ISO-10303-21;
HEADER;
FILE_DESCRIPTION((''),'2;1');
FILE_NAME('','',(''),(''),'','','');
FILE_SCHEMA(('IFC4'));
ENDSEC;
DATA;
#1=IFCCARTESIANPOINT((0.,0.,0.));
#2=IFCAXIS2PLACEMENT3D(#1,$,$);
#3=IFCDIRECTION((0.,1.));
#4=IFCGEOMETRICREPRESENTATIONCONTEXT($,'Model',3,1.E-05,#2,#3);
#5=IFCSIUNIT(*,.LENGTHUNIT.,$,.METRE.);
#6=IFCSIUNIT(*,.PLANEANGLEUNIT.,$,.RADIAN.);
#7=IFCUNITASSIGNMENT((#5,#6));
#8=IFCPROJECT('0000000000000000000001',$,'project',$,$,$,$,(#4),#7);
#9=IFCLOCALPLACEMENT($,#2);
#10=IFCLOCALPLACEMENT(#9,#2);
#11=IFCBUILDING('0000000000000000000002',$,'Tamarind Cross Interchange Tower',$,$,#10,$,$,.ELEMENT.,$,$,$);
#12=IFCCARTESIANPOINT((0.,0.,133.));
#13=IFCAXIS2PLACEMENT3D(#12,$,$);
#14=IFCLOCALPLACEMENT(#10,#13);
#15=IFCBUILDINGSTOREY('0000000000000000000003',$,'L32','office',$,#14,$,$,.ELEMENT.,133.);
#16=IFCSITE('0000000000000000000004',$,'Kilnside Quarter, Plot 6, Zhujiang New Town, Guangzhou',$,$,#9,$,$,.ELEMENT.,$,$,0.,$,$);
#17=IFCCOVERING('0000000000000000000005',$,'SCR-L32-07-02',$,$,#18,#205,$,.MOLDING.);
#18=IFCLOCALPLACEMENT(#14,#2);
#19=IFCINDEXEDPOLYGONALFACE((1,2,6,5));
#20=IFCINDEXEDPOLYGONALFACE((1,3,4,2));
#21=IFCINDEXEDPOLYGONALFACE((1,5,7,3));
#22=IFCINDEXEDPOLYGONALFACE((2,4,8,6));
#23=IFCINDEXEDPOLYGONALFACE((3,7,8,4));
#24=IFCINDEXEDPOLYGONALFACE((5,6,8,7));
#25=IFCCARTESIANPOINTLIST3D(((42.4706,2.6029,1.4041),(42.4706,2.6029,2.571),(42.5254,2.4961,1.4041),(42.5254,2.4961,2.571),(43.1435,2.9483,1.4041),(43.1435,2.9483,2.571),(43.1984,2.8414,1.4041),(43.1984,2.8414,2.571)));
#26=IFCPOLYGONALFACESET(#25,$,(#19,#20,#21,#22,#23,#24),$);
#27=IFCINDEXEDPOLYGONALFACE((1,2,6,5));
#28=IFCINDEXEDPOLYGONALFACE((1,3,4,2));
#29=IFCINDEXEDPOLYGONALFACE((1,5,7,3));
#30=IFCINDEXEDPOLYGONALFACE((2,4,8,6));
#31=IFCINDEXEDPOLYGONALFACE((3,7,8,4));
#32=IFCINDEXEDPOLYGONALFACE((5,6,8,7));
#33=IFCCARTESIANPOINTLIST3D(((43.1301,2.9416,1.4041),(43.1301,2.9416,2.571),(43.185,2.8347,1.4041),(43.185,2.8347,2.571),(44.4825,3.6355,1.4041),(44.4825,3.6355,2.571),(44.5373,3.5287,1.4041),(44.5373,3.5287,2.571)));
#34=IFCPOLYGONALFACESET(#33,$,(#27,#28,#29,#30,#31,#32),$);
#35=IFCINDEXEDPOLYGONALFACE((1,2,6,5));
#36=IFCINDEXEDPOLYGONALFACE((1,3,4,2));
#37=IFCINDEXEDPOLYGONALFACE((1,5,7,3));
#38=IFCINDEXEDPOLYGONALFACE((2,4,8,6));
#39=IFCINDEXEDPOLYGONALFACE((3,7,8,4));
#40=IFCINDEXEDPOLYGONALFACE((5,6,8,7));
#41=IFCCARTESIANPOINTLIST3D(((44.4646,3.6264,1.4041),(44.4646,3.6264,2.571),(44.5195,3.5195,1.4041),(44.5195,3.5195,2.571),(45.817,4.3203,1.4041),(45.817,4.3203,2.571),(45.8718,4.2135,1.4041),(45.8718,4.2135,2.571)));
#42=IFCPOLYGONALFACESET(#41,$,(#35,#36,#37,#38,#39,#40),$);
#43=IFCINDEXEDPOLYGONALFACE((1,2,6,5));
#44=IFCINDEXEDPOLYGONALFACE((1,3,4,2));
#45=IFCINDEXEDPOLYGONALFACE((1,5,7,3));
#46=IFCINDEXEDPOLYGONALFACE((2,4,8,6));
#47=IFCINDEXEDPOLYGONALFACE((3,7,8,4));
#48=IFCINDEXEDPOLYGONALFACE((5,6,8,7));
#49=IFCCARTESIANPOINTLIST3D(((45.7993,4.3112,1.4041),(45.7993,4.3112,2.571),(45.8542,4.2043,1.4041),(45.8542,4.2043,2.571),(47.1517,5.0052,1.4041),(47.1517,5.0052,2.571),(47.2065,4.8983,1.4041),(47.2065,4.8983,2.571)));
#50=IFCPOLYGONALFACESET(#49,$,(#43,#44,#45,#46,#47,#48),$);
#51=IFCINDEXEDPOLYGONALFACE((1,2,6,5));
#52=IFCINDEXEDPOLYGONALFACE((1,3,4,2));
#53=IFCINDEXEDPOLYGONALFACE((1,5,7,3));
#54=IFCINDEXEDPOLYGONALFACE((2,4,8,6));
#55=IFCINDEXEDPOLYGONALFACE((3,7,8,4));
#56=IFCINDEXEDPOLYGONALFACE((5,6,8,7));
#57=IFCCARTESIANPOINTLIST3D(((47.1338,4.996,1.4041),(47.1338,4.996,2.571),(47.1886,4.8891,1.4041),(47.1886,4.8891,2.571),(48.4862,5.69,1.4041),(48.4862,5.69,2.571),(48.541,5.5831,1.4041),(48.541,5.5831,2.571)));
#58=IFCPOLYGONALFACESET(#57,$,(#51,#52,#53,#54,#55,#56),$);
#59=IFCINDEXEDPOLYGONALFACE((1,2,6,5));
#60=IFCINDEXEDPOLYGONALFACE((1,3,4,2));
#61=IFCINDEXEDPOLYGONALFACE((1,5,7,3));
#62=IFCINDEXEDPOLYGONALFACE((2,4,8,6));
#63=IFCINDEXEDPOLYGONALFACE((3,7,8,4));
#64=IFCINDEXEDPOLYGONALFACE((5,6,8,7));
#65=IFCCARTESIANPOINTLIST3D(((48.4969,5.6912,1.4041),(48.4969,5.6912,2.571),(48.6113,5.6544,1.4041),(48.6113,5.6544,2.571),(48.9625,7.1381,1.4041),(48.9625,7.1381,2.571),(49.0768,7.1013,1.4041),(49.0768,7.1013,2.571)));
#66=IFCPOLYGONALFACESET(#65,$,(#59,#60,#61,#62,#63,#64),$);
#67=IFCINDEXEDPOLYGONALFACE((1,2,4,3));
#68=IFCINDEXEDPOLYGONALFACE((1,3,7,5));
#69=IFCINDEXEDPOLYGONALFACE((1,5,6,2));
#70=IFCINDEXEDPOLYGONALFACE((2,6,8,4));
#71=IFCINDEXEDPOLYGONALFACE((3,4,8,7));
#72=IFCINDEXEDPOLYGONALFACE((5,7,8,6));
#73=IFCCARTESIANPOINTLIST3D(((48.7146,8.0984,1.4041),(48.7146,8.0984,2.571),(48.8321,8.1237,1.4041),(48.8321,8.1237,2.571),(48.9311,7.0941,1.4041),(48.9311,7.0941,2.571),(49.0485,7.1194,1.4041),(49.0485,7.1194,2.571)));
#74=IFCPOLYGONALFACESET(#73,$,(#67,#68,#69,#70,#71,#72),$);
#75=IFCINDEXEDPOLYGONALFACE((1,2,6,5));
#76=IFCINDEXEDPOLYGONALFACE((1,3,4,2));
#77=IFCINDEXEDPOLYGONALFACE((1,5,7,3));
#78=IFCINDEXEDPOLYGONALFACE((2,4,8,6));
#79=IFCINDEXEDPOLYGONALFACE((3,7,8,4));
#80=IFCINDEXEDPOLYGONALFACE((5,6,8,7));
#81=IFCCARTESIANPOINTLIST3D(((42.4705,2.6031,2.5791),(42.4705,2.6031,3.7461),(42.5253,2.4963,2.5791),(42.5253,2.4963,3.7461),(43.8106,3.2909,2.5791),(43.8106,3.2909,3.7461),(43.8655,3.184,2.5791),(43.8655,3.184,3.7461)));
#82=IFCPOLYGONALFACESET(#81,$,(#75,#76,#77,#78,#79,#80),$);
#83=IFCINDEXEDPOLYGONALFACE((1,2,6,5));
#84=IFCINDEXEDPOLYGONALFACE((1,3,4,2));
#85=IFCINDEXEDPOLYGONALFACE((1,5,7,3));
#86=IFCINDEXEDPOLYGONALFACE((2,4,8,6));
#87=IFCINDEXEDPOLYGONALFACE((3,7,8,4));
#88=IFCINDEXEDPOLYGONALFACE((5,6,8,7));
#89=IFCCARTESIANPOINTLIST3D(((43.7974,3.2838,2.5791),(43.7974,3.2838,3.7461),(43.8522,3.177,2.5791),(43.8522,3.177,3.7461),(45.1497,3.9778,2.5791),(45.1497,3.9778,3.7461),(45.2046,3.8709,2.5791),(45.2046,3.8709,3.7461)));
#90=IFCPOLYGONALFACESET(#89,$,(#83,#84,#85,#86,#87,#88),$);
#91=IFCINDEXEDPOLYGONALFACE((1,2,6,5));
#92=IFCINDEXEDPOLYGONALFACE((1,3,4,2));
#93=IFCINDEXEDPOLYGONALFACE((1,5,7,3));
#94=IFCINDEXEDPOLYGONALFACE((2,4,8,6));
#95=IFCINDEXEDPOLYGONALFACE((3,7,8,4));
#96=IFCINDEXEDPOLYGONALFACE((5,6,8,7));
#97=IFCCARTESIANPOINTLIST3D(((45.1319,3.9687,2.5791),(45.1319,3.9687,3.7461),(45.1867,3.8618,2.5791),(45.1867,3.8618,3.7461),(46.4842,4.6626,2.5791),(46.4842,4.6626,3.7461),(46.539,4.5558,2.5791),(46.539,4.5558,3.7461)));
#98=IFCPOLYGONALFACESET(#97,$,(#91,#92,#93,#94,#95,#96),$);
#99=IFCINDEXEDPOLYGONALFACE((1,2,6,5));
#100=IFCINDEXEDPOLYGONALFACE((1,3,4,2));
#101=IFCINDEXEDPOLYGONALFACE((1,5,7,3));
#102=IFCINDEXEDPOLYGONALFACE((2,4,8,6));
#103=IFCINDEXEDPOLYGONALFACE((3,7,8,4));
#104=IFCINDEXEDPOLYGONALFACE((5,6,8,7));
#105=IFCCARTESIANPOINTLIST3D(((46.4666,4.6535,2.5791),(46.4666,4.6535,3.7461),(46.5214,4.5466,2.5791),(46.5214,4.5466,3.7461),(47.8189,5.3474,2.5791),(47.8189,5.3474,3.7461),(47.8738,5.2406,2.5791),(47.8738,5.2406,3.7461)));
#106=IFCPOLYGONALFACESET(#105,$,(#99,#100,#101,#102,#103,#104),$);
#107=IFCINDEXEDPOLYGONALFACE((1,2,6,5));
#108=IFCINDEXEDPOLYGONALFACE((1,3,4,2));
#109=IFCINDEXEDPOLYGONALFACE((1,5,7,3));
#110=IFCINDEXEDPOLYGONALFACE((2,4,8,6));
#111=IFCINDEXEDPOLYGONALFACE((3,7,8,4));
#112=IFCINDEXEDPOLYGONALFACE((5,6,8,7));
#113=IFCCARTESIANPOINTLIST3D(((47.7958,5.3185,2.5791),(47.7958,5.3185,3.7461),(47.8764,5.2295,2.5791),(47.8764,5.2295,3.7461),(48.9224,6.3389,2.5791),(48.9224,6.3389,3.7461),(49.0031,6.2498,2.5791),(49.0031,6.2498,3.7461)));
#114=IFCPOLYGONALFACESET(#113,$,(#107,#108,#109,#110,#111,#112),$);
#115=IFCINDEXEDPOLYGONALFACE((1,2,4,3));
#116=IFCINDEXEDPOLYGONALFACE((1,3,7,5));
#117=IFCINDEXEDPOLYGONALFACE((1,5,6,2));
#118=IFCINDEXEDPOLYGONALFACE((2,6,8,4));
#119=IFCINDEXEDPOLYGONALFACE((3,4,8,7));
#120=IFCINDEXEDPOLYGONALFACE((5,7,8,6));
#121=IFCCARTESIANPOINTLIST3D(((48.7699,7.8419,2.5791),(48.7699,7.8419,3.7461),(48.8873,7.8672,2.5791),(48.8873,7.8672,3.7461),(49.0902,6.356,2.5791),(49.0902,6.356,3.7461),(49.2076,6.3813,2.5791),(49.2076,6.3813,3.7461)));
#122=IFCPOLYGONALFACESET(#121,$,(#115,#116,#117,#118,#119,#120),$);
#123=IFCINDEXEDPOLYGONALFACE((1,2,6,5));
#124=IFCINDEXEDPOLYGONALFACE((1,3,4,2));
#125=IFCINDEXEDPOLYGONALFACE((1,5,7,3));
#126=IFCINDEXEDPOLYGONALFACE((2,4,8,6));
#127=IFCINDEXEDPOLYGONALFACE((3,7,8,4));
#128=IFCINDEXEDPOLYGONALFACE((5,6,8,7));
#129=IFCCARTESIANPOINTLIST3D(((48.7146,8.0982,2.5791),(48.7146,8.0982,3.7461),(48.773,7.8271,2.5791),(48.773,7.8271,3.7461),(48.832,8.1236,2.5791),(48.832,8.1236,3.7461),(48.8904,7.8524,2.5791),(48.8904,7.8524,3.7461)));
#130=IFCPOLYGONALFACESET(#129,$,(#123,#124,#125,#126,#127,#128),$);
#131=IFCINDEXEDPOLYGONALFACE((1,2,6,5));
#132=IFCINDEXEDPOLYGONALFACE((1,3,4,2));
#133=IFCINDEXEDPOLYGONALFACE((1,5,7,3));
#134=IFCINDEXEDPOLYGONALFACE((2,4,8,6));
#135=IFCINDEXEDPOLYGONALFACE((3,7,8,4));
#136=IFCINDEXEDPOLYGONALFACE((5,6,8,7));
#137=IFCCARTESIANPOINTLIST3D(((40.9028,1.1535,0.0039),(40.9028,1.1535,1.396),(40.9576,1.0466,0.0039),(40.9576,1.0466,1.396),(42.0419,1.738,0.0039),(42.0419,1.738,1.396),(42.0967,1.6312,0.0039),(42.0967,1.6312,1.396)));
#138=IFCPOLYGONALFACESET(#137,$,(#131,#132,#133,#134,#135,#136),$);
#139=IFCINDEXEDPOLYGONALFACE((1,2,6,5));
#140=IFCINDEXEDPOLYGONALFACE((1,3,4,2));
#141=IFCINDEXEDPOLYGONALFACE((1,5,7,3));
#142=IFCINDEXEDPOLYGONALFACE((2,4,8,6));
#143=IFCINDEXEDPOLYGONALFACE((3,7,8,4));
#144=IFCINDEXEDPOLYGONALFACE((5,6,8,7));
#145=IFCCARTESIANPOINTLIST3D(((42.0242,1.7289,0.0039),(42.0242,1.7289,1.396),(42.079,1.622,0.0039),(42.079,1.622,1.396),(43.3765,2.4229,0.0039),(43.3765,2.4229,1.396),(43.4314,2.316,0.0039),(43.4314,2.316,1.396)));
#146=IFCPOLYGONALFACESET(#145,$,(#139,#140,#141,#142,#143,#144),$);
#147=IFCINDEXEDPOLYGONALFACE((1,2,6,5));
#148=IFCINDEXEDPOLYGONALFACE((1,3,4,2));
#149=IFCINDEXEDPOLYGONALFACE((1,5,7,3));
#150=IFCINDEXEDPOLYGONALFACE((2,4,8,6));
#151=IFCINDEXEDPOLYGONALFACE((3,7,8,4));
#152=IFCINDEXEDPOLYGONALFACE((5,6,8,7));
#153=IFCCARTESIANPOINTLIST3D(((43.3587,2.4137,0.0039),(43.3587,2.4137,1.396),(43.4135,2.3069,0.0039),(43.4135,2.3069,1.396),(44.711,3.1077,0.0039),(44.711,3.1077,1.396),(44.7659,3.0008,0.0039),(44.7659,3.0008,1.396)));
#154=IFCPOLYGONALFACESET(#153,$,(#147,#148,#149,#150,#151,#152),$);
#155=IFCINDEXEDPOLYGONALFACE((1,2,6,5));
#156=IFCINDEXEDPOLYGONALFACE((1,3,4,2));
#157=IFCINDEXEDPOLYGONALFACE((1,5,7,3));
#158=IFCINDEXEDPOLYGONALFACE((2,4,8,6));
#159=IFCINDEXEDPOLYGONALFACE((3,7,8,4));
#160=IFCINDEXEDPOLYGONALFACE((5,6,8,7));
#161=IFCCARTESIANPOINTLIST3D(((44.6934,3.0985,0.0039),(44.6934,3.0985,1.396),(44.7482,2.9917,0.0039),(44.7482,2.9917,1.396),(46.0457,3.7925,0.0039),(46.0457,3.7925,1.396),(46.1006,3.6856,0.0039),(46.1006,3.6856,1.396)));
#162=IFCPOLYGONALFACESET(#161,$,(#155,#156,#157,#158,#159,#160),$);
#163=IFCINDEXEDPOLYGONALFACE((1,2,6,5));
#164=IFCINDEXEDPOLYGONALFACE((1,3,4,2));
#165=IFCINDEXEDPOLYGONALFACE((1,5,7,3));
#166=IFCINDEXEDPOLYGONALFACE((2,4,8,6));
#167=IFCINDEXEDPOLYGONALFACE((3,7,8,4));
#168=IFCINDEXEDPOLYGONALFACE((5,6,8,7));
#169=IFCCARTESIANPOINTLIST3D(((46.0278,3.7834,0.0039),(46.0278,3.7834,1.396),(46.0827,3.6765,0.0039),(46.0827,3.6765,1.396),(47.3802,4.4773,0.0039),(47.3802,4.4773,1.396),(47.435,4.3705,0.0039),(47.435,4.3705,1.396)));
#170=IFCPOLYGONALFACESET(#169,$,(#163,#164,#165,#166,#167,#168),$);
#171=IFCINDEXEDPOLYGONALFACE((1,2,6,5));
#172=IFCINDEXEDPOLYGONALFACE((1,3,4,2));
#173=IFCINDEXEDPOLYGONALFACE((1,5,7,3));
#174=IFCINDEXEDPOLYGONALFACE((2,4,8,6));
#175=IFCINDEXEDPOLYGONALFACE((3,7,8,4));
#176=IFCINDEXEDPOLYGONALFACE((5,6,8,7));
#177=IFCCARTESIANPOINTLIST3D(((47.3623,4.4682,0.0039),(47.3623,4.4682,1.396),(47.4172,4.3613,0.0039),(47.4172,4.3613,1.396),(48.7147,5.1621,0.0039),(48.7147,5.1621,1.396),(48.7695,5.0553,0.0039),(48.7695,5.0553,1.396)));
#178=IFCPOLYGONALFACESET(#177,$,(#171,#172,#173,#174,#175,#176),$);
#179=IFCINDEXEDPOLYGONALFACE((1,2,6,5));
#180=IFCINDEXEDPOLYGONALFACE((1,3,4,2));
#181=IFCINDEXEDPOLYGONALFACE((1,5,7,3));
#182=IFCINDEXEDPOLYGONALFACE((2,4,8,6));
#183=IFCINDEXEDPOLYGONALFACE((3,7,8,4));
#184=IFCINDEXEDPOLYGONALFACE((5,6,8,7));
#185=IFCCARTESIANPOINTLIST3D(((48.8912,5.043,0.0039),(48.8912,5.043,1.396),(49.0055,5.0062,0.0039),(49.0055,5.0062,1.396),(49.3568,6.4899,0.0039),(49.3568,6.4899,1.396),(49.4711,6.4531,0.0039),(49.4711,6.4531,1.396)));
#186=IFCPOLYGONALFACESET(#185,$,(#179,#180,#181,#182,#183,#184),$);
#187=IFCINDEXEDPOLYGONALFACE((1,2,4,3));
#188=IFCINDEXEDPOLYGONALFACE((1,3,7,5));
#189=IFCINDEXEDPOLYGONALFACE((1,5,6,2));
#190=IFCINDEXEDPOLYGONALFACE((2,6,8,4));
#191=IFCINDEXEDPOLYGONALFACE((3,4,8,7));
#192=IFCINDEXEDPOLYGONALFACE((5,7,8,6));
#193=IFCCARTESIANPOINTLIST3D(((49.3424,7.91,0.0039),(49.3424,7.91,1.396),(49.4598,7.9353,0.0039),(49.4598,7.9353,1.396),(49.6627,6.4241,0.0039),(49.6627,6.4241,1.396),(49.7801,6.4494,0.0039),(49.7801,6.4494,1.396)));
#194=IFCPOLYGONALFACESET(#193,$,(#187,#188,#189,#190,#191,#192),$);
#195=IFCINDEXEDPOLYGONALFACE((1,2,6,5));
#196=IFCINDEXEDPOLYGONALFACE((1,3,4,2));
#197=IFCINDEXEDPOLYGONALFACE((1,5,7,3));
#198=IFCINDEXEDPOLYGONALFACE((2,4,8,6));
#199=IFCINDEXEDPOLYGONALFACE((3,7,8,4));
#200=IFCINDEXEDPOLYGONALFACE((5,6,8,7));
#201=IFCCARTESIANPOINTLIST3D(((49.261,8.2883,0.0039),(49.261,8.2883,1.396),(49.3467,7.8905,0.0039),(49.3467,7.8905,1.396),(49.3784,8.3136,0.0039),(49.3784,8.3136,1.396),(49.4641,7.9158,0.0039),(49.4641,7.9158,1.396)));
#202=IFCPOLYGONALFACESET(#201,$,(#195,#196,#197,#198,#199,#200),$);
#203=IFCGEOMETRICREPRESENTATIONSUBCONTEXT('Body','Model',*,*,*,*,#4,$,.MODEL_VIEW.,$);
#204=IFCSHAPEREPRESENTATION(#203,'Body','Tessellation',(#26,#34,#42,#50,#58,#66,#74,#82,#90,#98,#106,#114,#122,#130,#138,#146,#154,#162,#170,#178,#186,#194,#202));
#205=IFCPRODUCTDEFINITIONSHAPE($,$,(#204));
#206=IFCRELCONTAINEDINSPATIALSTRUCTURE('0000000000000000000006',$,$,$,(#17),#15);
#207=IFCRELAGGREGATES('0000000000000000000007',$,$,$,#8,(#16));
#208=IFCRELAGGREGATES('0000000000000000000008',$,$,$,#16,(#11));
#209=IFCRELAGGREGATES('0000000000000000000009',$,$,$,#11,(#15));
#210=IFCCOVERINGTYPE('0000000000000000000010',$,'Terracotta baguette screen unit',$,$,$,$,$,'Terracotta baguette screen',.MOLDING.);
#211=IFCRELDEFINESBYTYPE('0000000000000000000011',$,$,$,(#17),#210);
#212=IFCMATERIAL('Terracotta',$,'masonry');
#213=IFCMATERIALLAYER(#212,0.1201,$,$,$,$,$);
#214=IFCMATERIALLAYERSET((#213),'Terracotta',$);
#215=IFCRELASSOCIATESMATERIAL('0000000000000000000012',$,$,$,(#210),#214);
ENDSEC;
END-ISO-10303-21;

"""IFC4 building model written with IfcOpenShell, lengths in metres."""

from ifc_helpers import new_model, si_unit, direction, frame, origin, origin_2d, place, context, subcontext, project, spatial, rectangle, extrude, material, layer, layer_set, type_object, element, save


model = new_model("IFC4")

# Units and contexts
model_context = context("Model", 3, precision=1e-05, world=origin(), true_north=direction((0.0, 1.0)))
body_context = subcontext(model_context, "Body", "Model", "MODEL_VIEW")
ifc_project = project(units=[si_unit("LENGTHUNIT", "METRE"), si_unit("PLANEANGLEUNIT", "RADIAN")], contexts=[model_context])

# Site, building, storey
site_placement = place(None, origin())
site = spatial("IfcSite", under=ifc_project, at=site_placement, Name="Kilnside Quarter, Plot 6, Zhujiang New Town, Guangzhou", CompositionType="ELEMENT", RefElevation=0.0)
building_placement = place(site_placement, origin())
building = spatial("IfcBuilding", under=site, at=building_placement, Name="Tamarind Cross Interchange Tower", CompositionType="ELEMENT")
storey_placement = place(building_placement, frame((0.0, 0.0, 133.0)))
storey = spatial("IfcBuildingStorey", under=building, at=storey_placement, Name="L32", Description="office", CompositionType="ELEMENT", Elevation=133.0)

# Covering
ifc_material_1 = material(Name="Terracotta", Category="masonry")
ifc_layer_1 = layer(ifc_material_1, 0.1201)
ifc_layer_set_1 = layer_set([ifc_layer_1], Name="Terracotta")
covering_type = type_object("IfcCoveringType", Name="Terracotta baguette screen unit", ElementType="Terracotta baguette screen", PredefinedType="MOLDING", material=ifc_layer_set_1)
covering_1_placement = place(storey_placement, origin())
element("IfcCovering", 1, at=covering_1_placement, inside=storey, type_object=covering_type, Name="SCR-L32-07-02", PredefinedType="MOLDING", context=body_context, shape_type="SweptSolid", body=[
    extrude(rectangle(XDim=0.7563, YDim=0.1201, at=origin_2d()), frame((42.8345, 2.7222, 1.4041), z_axis=(0.0, 0.0, 1.0), x_axis=(0.889697, 0.456551, 0.0)), (0.0, 0.0, 1.0), 1.167),
    extrude(rectangle(XDim=1.52, YDim=0.1201, at=origin_2d()), frame((43.8337, 3.2351, 1.4041), z_axis=(0.0, 0.0, 1.0), x_axis=(0.889697, 0.456551, 0.0)), (0.0, 0.0, 1.0), 1.167),
    extrude(rectangle(XDim=1.52, YDim=0.1201, at=origin_2d()), frame((45.1682, 3.9199, 1.4041), z_axis=(0.0, 0.0, 1.0), x_axis=(0.889697, 0.456551, 0.0)), (0.0, 0.0, 1.0), 1.167),
    extrude(rectangle(XDim=1.52, YDim=0.1201, at=origin_2d()), frame((46.5029, 4.6047, 1.4041), z_axis=(0.0, 0.0, 1.0), x_axis=(0.889697, 0.456551, 0.0)), (0.0, 0.0, 1.0), 1.167),
    extrude(rectangle(XDim=1.52, YDim=0.1201, at=origin_2d()), frame((47.8374, 5.2896, 1.4041), z_axis=(0.0, 0.0, 1.0), x_axis=(0.889697, 0.456551, 0.0)), (0.0, 0.0, 1.0), 1.167),
    extrude(rectangle(XDim=1.52, YDim=0.1201, at=origin_2d()), frame((48.7869, 6.3962, 1.4041), z_axis=(0.0, 0.0, 1.0), x_axis=(0.30628, 0.951941, 0.0)), (0.0, 0.0, 1.0), 1.167),
    extrude(rectangle(XDim=1.0273, YDim=0.1201, at=origin_2d()), frame((48.8816, 7.6089, 1.4041), z_axis=(0.0, 0.0, 1.0), x_axis=(-0.210724, 0.977546, 0.0)), (0.0, 0.0, 1.0), 1.167),
    extrude(rectangle(XDim=1.5063, YDim=0.1201, at=origin_2d()), frame((43.168, 2.8936, 2.5791), z_axis=(0.0, 0.0, 1.0), x_axis=(0.889697, 0.456551, 0.0)), (0.0, 0.0, 1.0), 1.167),
    extrude(rectangle(XDim=1.52, YDim=0.1201, at=origin_2d()), frame((44.501, 3.5774, 2.5791), z_axis=(0.0, 0.0, 1.0), x_axis=(0.889697, 0.456551, 0.0)), (0.0, 0.0, 1.0), 1.167),
    extrude(rectangle(XDim=1.52, YDim=0.1201, at=origin_2d()), frame((45.8354, 4.2622, 2.5791), z_axis=(0.0, 0.0, 1.0), x_axis=(0.889697, 0.456551, 0.0)), (0.0, 0.0, 1.0), 1.167),
    extrude(rectangle(XDim=1.52, YDim=0.1201, at=origin_2d()), frame((47.1702, 4.947, 2.5791), z_axis=(0.0, 0.0, 1.0), x_axis=(0.889697, 0.456551, 0.0)), (0.0, 0.0, 1.0), 1.167),
    extrude(rectangle(XDim=1.52, YDim=0.1201, at=origin_2d()), frame((48.3994, 5.7842, 2.5791), z_axis=(0.0, 0.0, 1.0), x_axis=(0.741217, 0.671265, 0.0)), (0.0, 0.0, 1.0), 1.167),
    extrude(rectangle(XDim=1.52, YDim=0.1201, at=origin_2d()), frame((48.9888, 7.1116, 2.5791), z_axis=(0.0, 0.0, 1.0), x_axis=(-0.210724, 0.977546, 0.0)), (0.0, 0.0, 1.0), 1.167),
    extrude(rectangle(XDim=0.2773, YDim=0.1201, at=origin_2d()), frame((48.8025, 7.9753, 2.5791), z_axis=(0.0, 0.0, 1.0), x_axis=(-0.210724, 0.977546, 0.0)), (0.0, 0.0, 1.0), 1.167),
    extrude(rectangle(XDim=1.2803, YDim=0.1201, at=origin_2d()), frame((41.4998, 1.3923, 0.0039), z_axis=(0.0, 0.0, 1.0), x_axis=(0.889697, 0.456551, 0.0)), (0.0, 0.0, 1.0), 1.3921),
    extrude(rectangle(XDim=1.52, YDim=0.1201, at=origin_2d()), frame((42.7278, 2.0225, 0.0039), z_axis=(0.0, 0.0, 1.0), x_axis=(0.889697, 0.456551, 0.0)), (0.0, 0.0, 1.0), 1.3921),
    extrude(rectangle(XDim=1.52, YDim=0.1201, at=origin_2d()), frame((44.0623, 2.7073, 0.0039), z_axis=(0.0, 0.0, 1.0), x_axis=(0.889697, 0.456551, 0.0)), (0.0, 0.0, 1.0), 1.3921),
    extrude(rectangle(XDim=1.52, YDim=0.1201, at=origin_2d()), frame((45.397, 3.3921, 0.0039), z_axis=(0.0, 0.0, 1.0), x_axis=(0.889697, 0.456551, 0.0)), (0.0, 0.0, 1.0), 1.3921),
    extrude(rectangle(XDim=1.52, YDim=0.1201, at=origin_2d()), frame((46.7314, 4.0769, 0.0039), z_axis=(0.0, 0.0, 1.0), x_axis=(0.889697, 0.456551, 0.0)), (0.0, 0.0, 1.0), 1.3921),
    extrude(rectangle(XDim=1.52, YDim=0.1201, at=origin_2d()), frame((48.0659, 4.7617, 0.0039), z_axis=(0.0, 0.0, 1.0), x_axis=(0.889697, 0.456551, 0.0)), (0.0, 0.0, 1.0), 1.3921),
    extrude(rectangle(XDim=1.52, YDim=0.1201, at=origin_2d()), frame((49.1812, 5.748, 0.0039), z_axis=(0.0, 0.0, 1.0), x_axis=(0.30628, 0.951941, 0.0)), (0.0, 0.0, 1.0), 1.3921),
    extrude(rectangle(XDim=1.52, YDim=0.1201, at=origin_2d()), frame((49.5613, 7.1797, 0.0039), z_axis=(0.0, 0.0, 1.0), x_axis=(-0.210724, 0.977546, 0.0)), (0.0, 0.0, 1.0), 1.3921),
    extrude(rectangle(XDim=0.407, YDim=0.1201, at=origin_2d()), frame((49.3625, 8.1021, 0.0039), z_axis=(0.0, 0.0, 1.0), x_axis=(-0.210724, 0.977546, 0.0)), (0.0, 0.0, 1.0), 1.3921),
])

save(model, "model.ifc")
